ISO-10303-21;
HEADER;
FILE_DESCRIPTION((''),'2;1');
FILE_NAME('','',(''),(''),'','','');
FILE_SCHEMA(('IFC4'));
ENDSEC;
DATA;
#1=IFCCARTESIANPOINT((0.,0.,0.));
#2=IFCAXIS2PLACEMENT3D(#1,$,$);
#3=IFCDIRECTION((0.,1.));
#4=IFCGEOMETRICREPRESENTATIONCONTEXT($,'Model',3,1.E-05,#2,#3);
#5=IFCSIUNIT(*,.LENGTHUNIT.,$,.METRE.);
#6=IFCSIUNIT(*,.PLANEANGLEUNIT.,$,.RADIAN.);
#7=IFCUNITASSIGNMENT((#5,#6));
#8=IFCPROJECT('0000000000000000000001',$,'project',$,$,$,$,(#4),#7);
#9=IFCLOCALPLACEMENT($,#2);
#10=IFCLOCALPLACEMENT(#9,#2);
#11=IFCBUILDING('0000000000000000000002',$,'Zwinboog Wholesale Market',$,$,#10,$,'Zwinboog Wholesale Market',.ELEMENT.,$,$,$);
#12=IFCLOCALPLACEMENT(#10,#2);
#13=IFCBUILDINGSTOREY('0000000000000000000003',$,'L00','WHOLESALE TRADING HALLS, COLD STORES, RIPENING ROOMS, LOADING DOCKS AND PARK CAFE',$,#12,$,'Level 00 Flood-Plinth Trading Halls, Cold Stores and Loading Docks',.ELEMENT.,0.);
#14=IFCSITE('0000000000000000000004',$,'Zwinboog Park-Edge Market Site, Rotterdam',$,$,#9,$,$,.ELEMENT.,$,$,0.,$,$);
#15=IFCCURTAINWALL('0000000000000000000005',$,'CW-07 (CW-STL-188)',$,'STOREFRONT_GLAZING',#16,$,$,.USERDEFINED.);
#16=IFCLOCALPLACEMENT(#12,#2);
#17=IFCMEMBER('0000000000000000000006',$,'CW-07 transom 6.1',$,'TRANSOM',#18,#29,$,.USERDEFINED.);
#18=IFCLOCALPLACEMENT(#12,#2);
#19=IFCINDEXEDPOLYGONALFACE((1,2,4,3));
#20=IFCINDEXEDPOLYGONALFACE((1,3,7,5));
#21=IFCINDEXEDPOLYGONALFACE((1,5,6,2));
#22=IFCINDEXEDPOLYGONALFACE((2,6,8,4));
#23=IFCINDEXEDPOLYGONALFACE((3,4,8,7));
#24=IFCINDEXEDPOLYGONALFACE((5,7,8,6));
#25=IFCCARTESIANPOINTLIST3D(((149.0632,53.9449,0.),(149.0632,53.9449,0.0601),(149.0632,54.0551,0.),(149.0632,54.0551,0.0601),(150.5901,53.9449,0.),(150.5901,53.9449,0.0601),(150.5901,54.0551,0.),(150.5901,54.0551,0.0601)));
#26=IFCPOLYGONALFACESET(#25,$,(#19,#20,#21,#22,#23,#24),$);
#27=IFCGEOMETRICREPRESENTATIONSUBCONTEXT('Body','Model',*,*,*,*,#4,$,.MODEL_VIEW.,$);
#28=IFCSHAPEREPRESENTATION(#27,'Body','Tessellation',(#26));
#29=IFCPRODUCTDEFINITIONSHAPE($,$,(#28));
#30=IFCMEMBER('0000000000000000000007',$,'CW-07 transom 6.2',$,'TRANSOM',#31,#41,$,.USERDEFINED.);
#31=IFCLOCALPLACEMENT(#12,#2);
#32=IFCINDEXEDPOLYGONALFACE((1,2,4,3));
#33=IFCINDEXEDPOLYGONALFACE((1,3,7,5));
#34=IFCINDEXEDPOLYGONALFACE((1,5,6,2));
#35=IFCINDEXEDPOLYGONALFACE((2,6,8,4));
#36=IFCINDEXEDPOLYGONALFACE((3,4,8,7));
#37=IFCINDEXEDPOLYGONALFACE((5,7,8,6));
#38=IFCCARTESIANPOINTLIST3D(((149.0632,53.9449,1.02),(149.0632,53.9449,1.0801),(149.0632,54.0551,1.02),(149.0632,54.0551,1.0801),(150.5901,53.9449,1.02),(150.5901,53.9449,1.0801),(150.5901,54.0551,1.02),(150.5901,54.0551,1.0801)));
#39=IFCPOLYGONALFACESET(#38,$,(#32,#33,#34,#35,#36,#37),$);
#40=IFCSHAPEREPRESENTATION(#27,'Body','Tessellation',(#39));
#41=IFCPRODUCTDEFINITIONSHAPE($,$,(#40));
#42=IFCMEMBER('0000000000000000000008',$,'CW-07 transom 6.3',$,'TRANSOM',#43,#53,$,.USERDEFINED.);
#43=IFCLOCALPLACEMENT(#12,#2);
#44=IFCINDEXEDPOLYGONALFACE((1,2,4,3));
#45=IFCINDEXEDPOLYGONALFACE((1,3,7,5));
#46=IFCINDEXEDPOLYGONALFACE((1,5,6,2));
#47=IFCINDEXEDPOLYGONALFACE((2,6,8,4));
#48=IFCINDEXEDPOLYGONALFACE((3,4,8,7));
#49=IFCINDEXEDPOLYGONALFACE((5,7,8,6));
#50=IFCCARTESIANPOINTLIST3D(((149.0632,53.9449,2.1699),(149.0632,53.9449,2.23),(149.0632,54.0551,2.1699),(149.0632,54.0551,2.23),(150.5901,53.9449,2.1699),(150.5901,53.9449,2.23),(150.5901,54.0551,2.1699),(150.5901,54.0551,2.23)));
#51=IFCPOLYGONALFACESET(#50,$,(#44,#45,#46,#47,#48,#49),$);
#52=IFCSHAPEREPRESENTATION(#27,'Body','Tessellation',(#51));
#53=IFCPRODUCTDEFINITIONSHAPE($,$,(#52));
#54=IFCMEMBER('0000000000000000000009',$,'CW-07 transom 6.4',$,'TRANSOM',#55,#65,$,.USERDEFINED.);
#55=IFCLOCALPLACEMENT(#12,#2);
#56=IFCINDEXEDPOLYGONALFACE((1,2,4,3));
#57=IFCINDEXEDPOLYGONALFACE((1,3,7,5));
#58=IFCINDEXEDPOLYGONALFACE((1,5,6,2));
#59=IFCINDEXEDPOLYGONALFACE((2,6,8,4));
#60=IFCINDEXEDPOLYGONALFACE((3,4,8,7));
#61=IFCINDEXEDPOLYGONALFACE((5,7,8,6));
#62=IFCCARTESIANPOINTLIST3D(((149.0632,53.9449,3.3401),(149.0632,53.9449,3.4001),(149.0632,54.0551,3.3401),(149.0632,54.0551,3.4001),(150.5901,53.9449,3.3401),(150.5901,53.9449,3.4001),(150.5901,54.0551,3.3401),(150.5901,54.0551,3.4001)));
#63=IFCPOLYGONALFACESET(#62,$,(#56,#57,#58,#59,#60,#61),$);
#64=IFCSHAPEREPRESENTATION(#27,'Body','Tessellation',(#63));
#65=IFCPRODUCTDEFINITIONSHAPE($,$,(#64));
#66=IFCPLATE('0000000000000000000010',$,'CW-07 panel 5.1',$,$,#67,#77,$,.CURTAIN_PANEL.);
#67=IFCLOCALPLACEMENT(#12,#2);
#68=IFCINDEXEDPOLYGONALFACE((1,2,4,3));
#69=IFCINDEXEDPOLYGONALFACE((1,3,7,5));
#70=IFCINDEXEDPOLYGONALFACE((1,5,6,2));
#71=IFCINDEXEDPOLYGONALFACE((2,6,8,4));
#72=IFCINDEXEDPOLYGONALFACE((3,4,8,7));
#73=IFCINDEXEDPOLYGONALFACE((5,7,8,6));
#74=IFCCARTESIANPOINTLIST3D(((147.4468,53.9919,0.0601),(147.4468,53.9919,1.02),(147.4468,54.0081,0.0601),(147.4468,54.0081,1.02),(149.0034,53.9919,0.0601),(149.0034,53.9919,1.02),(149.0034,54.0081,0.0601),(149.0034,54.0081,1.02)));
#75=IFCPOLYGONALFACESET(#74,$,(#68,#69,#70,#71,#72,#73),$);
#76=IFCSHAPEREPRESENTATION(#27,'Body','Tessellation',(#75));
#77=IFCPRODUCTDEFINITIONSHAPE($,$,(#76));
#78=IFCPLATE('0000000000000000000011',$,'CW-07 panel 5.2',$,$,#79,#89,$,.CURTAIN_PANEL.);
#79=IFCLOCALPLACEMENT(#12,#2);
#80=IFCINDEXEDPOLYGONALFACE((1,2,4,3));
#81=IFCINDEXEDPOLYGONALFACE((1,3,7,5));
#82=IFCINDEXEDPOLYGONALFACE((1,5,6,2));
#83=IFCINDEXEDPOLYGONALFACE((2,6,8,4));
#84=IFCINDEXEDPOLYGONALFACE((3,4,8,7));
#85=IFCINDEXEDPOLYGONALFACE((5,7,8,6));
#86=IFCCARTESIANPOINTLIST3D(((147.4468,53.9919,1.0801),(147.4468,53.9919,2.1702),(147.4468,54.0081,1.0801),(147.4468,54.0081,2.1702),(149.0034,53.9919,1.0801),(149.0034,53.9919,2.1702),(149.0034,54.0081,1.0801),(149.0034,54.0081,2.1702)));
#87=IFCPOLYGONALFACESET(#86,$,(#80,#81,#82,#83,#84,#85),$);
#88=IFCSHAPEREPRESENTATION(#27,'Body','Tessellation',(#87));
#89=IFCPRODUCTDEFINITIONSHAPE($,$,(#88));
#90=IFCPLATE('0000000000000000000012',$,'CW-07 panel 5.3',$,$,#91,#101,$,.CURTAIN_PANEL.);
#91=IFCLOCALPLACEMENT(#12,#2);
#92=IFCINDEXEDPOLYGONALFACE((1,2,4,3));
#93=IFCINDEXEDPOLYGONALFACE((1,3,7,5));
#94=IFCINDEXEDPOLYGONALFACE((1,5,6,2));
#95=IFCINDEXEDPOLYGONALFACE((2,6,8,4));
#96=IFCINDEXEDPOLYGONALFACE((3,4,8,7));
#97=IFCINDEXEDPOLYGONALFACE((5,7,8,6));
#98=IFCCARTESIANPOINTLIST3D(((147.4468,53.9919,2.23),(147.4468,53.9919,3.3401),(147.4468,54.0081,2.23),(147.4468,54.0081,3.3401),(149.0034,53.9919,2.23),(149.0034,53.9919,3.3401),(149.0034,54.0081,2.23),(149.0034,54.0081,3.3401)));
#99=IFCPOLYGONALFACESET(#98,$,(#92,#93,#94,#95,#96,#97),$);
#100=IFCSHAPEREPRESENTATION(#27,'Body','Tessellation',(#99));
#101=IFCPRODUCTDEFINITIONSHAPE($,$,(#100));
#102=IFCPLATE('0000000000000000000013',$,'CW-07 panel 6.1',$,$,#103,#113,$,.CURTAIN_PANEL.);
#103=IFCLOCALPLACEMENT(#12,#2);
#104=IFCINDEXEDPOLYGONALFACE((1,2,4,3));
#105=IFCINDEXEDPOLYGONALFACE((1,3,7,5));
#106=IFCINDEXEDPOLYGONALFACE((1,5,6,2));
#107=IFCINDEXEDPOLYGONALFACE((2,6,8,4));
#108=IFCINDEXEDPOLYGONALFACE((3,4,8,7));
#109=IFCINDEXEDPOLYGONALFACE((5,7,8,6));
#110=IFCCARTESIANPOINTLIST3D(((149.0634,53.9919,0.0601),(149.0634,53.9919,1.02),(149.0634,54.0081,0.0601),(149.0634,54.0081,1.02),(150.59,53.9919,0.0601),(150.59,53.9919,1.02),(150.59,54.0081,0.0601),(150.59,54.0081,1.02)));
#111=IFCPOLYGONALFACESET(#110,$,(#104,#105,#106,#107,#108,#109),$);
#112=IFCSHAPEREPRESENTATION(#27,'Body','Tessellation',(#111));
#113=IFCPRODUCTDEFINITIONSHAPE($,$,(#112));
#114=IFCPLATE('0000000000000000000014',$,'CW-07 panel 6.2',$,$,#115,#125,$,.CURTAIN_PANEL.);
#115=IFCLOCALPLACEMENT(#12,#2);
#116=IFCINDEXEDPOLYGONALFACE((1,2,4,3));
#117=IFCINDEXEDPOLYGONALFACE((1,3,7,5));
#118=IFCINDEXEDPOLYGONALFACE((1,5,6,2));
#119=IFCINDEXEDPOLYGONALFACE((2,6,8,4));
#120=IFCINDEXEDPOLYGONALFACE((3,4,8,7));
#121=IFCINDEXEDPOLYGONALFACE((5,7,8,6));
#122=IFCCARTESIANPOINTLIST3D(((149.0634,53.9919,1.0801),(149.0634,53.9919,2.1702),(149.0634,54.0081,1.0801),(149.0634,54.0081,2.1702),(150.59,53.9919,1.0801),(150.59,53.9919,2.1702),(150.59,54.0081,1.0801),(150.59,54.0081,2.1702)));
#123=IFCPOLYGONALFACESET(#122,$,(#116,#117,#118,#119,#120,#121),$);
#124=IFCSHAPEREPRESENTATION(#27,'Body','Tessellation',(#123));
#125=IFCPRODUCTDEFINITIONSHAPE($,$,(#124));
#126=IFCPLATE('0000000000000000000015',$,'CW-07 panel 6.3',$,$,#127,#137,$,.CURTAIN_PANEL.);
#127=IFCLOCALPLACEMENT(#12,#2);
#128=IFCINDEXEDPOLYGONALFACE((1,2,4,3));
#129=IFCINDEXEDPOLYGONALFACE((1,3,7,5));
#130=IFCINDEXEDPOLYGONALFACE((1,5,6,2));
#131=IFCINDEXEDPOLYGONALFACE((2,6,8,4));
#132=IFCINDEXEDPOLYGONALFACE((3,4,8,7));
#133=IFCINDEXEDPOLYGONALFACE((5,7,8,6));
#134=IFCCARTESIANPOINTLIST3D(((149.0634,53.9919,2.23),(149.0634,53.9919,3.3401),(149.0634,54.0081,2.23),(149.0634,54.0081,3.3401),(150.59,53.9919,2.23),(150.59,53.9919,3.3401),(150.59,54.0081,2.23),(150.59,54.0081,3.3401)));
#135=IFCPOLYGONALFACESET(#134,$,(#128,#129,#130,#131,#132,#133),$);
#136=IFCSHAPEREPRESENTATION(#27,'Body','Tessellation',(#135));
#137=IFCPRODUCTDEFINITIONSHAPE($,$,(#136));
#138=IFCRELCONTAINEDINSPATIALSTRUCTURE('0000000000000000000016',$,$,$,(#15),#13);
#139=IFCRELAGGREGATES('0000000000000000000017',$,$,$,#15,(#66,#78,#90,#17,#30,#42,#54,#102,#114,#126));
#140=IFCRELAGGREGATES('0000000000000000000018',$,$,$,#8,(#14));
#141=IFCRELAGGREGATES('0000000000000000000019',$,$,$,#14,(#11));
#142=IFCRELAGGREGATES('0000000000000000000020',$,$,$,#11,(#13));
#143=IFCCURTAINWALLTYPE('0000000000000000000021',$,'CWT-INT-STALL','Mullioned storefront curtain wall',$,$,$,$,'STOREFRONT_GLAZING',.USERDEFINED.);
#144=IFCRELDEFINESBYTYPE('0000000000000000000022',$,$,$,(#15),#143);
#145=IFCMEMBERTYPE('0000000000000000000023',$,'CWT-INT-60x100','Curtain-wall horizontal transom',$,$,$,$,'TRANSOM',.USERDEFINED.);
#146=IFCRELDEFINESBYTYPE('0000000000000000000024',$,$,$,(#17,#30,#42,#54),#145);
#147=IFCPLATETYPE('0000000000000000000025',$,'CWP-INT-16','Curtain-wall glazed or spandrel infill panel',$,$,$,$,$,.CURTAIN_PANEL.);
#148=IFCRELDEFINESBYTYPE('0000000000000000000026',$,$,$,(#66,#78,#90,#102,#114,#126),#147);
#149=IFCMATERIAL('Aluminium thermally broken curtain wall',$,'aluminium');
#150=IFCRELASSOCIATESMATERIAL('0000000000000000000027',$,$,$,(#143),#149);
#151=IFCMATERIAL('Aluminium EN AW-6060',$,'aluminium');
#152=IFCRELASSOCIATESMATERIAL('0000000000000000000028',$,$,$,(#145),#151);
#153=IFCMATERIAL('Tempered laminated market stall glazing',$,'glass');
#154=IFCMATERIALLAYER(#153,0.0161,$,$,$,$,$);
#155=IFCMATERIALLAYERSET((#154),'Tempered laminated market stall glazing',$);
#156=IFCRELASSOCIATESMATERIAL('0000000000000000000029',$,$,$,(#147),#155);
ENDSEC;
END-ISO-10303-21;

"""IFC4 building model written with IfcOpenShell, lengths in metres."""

from ifc_helpers import new_model, si_unit, direction, frame, origin, origin_2d, place, context, subcontext, project, spatial, rectangle, extrude, material, layer, layer_set, material_profile, profile_set, type_object, element, aggregate, save


model = new_model("IFC4")

# Units and contexts
model_context = context("Model", 3, precision=1e-05, world=origin(), true_north=direction((0.0, 1.0)))
body_context = subcontext(model_context, "Body", "Model", "MODEL_VIEW")
ifc_project = project(units=[si_unit("LENGTHUNIT", "METRE"), si_unit("PLANEANGLEUNIT", "RADIAN")], contexts=[model_context])

# Site, building, storey
site_placement = place(None, origin())
site = spatial("IfcSite", under=ifc_project, at=site_placement, Name="Zwinboog Park-Edge Market Site, Rotterdam", CompositionType="ELEMENT", RefElevation=0.0)
building_placement = place(site_placement, origin())
building = spatial("IfcBuilding", under=site, at=building_placement, Name="Zwinboog Wholesale Market", LongName="Zwinboog Wholesale Market", CompositionType="ELEMENT")
storey_placement = place(building_placement, origin())
storey = spatial("IfcBuildingStorey", under=building, at=storey_placement, Name="L00", Description="WHOLESALE TRADING HALLS, COLD STORES, RIPENING ROOMS, LOADING DOCKS AND PARK CAFE", LongName="Level 00 Flood-Plinth Trading Halls, Cold Stores and Loading Docks", CompositionType="ELEMENT", Elevation=0.0)

# Curtain wall, members, plates
ifc_material_1 = material(Name="Aluminium thermally broken curtain wall", Category="aluminium")
curtain_wall_type = type_object("IfcCurtainWallType", Name="CWT-INT-STALL", Description="Mullioned storefront curtain wall", ElementType="STOREFRONT_GLAZING", PredefinedType="USERDEFINED", material=ifc_material_1)
curtain_wall_placement = place(storey_placement, origin())
curtain_wall = element("IfcCurtainWall", 1, at=curtain_wall_placement, inside=storey, type_object=curtain_wall_type, Name="CW-07 (CW-STL-188)", ObjectType="STOREFRONT_GLAZING", PredefinedType="USERDEFINED")
ifc_material_2 = material(Name="Aluminium EN AW-6060", Category="aluminium")
ifc_material_profile_1 = material_profile(ifc_material_2, rectangle(XDim=0.1101, YDim=0.0601, at=origin_2d()), Name="AL 60x110")
ifc_profile_set_1 = profile_set([ifc_material_profile_1], Name="Aluminium EN AW-6060")
member_type_1 = type_object("IfcMemberType", Name="CWT-INT-60x100", Description="Curtain-wall horizontal transom", ElementType="TRANSOM", PredefinedType="USERDEFINED", material=ifc_profile_set_1)
member_1_placement = place(storey_placement, frame((149.0632, 54.0, 0.03), z_axis=(1.0, 0.0, 0.0), x_axis=(0.0, 1.0, 0.0)))
member_1 = element("IfcMember", 2, at=member_1_placement, type_object=member_type_1, Name="CW-07 transom 6.1", ObjectType="TRANSOM", PredefinedType="USERDEFINED", context=body_context, shape_type="SweptSolid", body=[
    extrude(rectangle(XDim=0.1101, YDim=0.0601, at=origin_2d()), origin(), (0.0, 0.0, 1.0), 1.5269),
])
member_2_placement = place(storey_placement, frame((149.0632, 54.0, 1.05), z_axis=(1.0, 0.0, 0.0), x_axis=(0.0, 1.0, 0.0)))
member_2 = element("IfcMember", 3, at=member_2_placement, type_object=member_type_1, Name="CW-07 transom 6.2", ObjectType="TRANSOM", PredefinedType="USERDEFINED", context=body_context, shape_type="SweptSolid", body=[
    extrude(rectangle(XDim=0.1101, YDim=0.0601, at=origin_2d()), origin(), (0.0, 0.0, 1.0), 1.5269),
])
member_3_placement = place(storey_placement, frame((149.0632, 54.0, 2.2), z_axis=(1.0, 0.0, 0.0), x_axis=(0.0, 1.0, 0.0)))
member_3 = element("IfcMember", 4, at=member_3_placement, type_object=member_type_1, Name="CW-07 transom 6.3", ObjectType="TRANSOM", PredefinedType="USERDEFINED", context=body_context, shape_type="SweptSolid", body=[
    extrude(rectangle(XDim=0.1101, YDim=0.0601, at=origin_2d()), origin(), (0.0, 0.0, 1.0), 1.5269),
])
member_4_placement = place(storey_placement, frame((149.0632, 54.0, 3.3701), z_axis=(1.0, 0.0, 0.0), x_axis=(0.0, 1.0, 0.0)))
member_4 = element("IfcMember", 5, at=member_4_placement, type_object=member_type_1, Name="CW-07 transom 6.4", ObjectType="TRANSOM", PredefinedType="USERDEFINED", context=body_context, shape_type="SweptSolid", body=[
    extrude(rectangle(XDim=0.1101, YDim=0.0601, at=origin_2d()), origin(), (0.0, 0.0, 1.0), 1.5269),
])
ifc_material_3 = material(Name="Tempered laminated market stall glazing", Category="glass")
ifc_layer = layer(ifc_material_3, 0.0161)
ifc_layer_set = layer_set([ifc_layer], Name="Tempered laminated market stall glazing")
plate_type = type_object("IfcPlateType", Name="CWP-INT-16", Description="Curtain-wall glazed or spandrel infill panel", PredefinedType="CURTAIN_PANEL", material=ifc_layer_set)
plate_1_placement = place(storey_placement, frame((148.2251, 54.0, 0.0601), z_axis=(0.0, 0.0, 1.0), x_axis=(1.0, 0.0, 0.0)))
plate_1 = element("IfcPlate", 6, at=plate_1_placement, type_object=plate_type, Name="CW-07 panel 5.1", PredefinedType="CURTAIN_PANEL", context=body_context, shape_type="SweptSolid", body=[
    extrude(rectangle(XDim=1.5566, YDim=0.0161, at=origin_2d()), origin(), (0.0, 0.0, 1.0), 0.96),
])
plate_2_placement = place(storey_placement, frame((148.2251, 54.0, 1.0801), z_axis=(0.0, 0.0, 1.0), x_axis=(1.0, 0.0, 0.0)))
plate_2 = element("IfcPlate", 7, at=plate_2_placement, type_object=plate_type, Name="CW-07 panel 5.2", PredefinedType="CURTAIN_PANEL", context=body_context, shape_type="SweptSolid", body=[
    extrude(rectangle(XDim=1.5566, YDim=0.0161, at=origin_2d()), origin(), (0.0, 0.0, 1.0), 1.0901),
])
plate_3_placement = place(storey_placement, frame((148.2251, 54.0, 2.23), z_axis=(0.0, 0.0, 1.0), x_axis=(1.0, 0.0, 0.0)))
plate_3 = element("IfcPlate", 8, at=plate_3_placement, type_object=plate_type, Name="CW-07 panel 5.3", PredefinedType="CURTAIN_PANEL", context=body_context, shape_type="SweptSolid", body=[
    extrude(rectangle(XDim=1.5566, YDim=0.0161, at=origin_2d()), origin(), (0.0, 0.0, 1.0), 1.1101),
])
plate_4_placement = place(storey_placement, frame((149.8267, 54.0, 0.0601), z_axis=(0.0, 0.0, 1.0), x_axis=(1.0, 0.0, 0.0)))
plate_4 = element("IfcPlate", 9, at=plate_4_placement, type_object=plate_type, Name="CW-07 panel 6.1", PredefinedType="CURTAIN_PANEL", context=body_context, shape_type="SweptSolid", body=[
    extrude(rectangle(XDim=1.5266, YDim=0.0161, at=origin_2d()), origin(), (0.0, 0.0, 1.0), 0.96),
])
plate_5_placement = place(storey_placement, frame((149.8267, 54.0, 1.0801), z_axis=(0.0, 0.0, 1.0), x_axis=(1.0, 0.0, 0.0)))
plate_5 = element("IfcPlate", 10, at=plate_5_placement, type_object=plate_type, Name="CW-07 panel 6.2", PredefinedType="CURTAIN_PANEL", context=body_context, shape_type="SweptSolid", body=[
    extrude(rectangle(XDim=1.5266, YDim=0.0161, at=origin_2d()), origin(), (0.0, 0.0, 1.0), 1.0901),
])
plate_6_placement = place(storey_placement, frame((149.8267, 54.0, 2.23), z_axis=(0.0, 0.0, 1.0), x_axis=(1.0, 0.0, 0.0)))
plate_6 = element("IfcPlate", 11, at=plate_6_placement, type_object=plate_type, Name="CW-07 panel 6.3", PredefinedType="CURTAIN_PANEL", context=body_context, shape_type="SweptSolid", body=[
    extrude(rectangle(XDim=1.5266, YDim=0.0161, at=origin_2d()), origin(), (0.0, 0.0, 1.0), 1.1101),
])
aggregate(curtain_wall, [plate_1, plate_2, plate_3, member_1, member_2, member_3, member_4, plate_4, plate_5, plate_6])

save(model, "model.ifc")
